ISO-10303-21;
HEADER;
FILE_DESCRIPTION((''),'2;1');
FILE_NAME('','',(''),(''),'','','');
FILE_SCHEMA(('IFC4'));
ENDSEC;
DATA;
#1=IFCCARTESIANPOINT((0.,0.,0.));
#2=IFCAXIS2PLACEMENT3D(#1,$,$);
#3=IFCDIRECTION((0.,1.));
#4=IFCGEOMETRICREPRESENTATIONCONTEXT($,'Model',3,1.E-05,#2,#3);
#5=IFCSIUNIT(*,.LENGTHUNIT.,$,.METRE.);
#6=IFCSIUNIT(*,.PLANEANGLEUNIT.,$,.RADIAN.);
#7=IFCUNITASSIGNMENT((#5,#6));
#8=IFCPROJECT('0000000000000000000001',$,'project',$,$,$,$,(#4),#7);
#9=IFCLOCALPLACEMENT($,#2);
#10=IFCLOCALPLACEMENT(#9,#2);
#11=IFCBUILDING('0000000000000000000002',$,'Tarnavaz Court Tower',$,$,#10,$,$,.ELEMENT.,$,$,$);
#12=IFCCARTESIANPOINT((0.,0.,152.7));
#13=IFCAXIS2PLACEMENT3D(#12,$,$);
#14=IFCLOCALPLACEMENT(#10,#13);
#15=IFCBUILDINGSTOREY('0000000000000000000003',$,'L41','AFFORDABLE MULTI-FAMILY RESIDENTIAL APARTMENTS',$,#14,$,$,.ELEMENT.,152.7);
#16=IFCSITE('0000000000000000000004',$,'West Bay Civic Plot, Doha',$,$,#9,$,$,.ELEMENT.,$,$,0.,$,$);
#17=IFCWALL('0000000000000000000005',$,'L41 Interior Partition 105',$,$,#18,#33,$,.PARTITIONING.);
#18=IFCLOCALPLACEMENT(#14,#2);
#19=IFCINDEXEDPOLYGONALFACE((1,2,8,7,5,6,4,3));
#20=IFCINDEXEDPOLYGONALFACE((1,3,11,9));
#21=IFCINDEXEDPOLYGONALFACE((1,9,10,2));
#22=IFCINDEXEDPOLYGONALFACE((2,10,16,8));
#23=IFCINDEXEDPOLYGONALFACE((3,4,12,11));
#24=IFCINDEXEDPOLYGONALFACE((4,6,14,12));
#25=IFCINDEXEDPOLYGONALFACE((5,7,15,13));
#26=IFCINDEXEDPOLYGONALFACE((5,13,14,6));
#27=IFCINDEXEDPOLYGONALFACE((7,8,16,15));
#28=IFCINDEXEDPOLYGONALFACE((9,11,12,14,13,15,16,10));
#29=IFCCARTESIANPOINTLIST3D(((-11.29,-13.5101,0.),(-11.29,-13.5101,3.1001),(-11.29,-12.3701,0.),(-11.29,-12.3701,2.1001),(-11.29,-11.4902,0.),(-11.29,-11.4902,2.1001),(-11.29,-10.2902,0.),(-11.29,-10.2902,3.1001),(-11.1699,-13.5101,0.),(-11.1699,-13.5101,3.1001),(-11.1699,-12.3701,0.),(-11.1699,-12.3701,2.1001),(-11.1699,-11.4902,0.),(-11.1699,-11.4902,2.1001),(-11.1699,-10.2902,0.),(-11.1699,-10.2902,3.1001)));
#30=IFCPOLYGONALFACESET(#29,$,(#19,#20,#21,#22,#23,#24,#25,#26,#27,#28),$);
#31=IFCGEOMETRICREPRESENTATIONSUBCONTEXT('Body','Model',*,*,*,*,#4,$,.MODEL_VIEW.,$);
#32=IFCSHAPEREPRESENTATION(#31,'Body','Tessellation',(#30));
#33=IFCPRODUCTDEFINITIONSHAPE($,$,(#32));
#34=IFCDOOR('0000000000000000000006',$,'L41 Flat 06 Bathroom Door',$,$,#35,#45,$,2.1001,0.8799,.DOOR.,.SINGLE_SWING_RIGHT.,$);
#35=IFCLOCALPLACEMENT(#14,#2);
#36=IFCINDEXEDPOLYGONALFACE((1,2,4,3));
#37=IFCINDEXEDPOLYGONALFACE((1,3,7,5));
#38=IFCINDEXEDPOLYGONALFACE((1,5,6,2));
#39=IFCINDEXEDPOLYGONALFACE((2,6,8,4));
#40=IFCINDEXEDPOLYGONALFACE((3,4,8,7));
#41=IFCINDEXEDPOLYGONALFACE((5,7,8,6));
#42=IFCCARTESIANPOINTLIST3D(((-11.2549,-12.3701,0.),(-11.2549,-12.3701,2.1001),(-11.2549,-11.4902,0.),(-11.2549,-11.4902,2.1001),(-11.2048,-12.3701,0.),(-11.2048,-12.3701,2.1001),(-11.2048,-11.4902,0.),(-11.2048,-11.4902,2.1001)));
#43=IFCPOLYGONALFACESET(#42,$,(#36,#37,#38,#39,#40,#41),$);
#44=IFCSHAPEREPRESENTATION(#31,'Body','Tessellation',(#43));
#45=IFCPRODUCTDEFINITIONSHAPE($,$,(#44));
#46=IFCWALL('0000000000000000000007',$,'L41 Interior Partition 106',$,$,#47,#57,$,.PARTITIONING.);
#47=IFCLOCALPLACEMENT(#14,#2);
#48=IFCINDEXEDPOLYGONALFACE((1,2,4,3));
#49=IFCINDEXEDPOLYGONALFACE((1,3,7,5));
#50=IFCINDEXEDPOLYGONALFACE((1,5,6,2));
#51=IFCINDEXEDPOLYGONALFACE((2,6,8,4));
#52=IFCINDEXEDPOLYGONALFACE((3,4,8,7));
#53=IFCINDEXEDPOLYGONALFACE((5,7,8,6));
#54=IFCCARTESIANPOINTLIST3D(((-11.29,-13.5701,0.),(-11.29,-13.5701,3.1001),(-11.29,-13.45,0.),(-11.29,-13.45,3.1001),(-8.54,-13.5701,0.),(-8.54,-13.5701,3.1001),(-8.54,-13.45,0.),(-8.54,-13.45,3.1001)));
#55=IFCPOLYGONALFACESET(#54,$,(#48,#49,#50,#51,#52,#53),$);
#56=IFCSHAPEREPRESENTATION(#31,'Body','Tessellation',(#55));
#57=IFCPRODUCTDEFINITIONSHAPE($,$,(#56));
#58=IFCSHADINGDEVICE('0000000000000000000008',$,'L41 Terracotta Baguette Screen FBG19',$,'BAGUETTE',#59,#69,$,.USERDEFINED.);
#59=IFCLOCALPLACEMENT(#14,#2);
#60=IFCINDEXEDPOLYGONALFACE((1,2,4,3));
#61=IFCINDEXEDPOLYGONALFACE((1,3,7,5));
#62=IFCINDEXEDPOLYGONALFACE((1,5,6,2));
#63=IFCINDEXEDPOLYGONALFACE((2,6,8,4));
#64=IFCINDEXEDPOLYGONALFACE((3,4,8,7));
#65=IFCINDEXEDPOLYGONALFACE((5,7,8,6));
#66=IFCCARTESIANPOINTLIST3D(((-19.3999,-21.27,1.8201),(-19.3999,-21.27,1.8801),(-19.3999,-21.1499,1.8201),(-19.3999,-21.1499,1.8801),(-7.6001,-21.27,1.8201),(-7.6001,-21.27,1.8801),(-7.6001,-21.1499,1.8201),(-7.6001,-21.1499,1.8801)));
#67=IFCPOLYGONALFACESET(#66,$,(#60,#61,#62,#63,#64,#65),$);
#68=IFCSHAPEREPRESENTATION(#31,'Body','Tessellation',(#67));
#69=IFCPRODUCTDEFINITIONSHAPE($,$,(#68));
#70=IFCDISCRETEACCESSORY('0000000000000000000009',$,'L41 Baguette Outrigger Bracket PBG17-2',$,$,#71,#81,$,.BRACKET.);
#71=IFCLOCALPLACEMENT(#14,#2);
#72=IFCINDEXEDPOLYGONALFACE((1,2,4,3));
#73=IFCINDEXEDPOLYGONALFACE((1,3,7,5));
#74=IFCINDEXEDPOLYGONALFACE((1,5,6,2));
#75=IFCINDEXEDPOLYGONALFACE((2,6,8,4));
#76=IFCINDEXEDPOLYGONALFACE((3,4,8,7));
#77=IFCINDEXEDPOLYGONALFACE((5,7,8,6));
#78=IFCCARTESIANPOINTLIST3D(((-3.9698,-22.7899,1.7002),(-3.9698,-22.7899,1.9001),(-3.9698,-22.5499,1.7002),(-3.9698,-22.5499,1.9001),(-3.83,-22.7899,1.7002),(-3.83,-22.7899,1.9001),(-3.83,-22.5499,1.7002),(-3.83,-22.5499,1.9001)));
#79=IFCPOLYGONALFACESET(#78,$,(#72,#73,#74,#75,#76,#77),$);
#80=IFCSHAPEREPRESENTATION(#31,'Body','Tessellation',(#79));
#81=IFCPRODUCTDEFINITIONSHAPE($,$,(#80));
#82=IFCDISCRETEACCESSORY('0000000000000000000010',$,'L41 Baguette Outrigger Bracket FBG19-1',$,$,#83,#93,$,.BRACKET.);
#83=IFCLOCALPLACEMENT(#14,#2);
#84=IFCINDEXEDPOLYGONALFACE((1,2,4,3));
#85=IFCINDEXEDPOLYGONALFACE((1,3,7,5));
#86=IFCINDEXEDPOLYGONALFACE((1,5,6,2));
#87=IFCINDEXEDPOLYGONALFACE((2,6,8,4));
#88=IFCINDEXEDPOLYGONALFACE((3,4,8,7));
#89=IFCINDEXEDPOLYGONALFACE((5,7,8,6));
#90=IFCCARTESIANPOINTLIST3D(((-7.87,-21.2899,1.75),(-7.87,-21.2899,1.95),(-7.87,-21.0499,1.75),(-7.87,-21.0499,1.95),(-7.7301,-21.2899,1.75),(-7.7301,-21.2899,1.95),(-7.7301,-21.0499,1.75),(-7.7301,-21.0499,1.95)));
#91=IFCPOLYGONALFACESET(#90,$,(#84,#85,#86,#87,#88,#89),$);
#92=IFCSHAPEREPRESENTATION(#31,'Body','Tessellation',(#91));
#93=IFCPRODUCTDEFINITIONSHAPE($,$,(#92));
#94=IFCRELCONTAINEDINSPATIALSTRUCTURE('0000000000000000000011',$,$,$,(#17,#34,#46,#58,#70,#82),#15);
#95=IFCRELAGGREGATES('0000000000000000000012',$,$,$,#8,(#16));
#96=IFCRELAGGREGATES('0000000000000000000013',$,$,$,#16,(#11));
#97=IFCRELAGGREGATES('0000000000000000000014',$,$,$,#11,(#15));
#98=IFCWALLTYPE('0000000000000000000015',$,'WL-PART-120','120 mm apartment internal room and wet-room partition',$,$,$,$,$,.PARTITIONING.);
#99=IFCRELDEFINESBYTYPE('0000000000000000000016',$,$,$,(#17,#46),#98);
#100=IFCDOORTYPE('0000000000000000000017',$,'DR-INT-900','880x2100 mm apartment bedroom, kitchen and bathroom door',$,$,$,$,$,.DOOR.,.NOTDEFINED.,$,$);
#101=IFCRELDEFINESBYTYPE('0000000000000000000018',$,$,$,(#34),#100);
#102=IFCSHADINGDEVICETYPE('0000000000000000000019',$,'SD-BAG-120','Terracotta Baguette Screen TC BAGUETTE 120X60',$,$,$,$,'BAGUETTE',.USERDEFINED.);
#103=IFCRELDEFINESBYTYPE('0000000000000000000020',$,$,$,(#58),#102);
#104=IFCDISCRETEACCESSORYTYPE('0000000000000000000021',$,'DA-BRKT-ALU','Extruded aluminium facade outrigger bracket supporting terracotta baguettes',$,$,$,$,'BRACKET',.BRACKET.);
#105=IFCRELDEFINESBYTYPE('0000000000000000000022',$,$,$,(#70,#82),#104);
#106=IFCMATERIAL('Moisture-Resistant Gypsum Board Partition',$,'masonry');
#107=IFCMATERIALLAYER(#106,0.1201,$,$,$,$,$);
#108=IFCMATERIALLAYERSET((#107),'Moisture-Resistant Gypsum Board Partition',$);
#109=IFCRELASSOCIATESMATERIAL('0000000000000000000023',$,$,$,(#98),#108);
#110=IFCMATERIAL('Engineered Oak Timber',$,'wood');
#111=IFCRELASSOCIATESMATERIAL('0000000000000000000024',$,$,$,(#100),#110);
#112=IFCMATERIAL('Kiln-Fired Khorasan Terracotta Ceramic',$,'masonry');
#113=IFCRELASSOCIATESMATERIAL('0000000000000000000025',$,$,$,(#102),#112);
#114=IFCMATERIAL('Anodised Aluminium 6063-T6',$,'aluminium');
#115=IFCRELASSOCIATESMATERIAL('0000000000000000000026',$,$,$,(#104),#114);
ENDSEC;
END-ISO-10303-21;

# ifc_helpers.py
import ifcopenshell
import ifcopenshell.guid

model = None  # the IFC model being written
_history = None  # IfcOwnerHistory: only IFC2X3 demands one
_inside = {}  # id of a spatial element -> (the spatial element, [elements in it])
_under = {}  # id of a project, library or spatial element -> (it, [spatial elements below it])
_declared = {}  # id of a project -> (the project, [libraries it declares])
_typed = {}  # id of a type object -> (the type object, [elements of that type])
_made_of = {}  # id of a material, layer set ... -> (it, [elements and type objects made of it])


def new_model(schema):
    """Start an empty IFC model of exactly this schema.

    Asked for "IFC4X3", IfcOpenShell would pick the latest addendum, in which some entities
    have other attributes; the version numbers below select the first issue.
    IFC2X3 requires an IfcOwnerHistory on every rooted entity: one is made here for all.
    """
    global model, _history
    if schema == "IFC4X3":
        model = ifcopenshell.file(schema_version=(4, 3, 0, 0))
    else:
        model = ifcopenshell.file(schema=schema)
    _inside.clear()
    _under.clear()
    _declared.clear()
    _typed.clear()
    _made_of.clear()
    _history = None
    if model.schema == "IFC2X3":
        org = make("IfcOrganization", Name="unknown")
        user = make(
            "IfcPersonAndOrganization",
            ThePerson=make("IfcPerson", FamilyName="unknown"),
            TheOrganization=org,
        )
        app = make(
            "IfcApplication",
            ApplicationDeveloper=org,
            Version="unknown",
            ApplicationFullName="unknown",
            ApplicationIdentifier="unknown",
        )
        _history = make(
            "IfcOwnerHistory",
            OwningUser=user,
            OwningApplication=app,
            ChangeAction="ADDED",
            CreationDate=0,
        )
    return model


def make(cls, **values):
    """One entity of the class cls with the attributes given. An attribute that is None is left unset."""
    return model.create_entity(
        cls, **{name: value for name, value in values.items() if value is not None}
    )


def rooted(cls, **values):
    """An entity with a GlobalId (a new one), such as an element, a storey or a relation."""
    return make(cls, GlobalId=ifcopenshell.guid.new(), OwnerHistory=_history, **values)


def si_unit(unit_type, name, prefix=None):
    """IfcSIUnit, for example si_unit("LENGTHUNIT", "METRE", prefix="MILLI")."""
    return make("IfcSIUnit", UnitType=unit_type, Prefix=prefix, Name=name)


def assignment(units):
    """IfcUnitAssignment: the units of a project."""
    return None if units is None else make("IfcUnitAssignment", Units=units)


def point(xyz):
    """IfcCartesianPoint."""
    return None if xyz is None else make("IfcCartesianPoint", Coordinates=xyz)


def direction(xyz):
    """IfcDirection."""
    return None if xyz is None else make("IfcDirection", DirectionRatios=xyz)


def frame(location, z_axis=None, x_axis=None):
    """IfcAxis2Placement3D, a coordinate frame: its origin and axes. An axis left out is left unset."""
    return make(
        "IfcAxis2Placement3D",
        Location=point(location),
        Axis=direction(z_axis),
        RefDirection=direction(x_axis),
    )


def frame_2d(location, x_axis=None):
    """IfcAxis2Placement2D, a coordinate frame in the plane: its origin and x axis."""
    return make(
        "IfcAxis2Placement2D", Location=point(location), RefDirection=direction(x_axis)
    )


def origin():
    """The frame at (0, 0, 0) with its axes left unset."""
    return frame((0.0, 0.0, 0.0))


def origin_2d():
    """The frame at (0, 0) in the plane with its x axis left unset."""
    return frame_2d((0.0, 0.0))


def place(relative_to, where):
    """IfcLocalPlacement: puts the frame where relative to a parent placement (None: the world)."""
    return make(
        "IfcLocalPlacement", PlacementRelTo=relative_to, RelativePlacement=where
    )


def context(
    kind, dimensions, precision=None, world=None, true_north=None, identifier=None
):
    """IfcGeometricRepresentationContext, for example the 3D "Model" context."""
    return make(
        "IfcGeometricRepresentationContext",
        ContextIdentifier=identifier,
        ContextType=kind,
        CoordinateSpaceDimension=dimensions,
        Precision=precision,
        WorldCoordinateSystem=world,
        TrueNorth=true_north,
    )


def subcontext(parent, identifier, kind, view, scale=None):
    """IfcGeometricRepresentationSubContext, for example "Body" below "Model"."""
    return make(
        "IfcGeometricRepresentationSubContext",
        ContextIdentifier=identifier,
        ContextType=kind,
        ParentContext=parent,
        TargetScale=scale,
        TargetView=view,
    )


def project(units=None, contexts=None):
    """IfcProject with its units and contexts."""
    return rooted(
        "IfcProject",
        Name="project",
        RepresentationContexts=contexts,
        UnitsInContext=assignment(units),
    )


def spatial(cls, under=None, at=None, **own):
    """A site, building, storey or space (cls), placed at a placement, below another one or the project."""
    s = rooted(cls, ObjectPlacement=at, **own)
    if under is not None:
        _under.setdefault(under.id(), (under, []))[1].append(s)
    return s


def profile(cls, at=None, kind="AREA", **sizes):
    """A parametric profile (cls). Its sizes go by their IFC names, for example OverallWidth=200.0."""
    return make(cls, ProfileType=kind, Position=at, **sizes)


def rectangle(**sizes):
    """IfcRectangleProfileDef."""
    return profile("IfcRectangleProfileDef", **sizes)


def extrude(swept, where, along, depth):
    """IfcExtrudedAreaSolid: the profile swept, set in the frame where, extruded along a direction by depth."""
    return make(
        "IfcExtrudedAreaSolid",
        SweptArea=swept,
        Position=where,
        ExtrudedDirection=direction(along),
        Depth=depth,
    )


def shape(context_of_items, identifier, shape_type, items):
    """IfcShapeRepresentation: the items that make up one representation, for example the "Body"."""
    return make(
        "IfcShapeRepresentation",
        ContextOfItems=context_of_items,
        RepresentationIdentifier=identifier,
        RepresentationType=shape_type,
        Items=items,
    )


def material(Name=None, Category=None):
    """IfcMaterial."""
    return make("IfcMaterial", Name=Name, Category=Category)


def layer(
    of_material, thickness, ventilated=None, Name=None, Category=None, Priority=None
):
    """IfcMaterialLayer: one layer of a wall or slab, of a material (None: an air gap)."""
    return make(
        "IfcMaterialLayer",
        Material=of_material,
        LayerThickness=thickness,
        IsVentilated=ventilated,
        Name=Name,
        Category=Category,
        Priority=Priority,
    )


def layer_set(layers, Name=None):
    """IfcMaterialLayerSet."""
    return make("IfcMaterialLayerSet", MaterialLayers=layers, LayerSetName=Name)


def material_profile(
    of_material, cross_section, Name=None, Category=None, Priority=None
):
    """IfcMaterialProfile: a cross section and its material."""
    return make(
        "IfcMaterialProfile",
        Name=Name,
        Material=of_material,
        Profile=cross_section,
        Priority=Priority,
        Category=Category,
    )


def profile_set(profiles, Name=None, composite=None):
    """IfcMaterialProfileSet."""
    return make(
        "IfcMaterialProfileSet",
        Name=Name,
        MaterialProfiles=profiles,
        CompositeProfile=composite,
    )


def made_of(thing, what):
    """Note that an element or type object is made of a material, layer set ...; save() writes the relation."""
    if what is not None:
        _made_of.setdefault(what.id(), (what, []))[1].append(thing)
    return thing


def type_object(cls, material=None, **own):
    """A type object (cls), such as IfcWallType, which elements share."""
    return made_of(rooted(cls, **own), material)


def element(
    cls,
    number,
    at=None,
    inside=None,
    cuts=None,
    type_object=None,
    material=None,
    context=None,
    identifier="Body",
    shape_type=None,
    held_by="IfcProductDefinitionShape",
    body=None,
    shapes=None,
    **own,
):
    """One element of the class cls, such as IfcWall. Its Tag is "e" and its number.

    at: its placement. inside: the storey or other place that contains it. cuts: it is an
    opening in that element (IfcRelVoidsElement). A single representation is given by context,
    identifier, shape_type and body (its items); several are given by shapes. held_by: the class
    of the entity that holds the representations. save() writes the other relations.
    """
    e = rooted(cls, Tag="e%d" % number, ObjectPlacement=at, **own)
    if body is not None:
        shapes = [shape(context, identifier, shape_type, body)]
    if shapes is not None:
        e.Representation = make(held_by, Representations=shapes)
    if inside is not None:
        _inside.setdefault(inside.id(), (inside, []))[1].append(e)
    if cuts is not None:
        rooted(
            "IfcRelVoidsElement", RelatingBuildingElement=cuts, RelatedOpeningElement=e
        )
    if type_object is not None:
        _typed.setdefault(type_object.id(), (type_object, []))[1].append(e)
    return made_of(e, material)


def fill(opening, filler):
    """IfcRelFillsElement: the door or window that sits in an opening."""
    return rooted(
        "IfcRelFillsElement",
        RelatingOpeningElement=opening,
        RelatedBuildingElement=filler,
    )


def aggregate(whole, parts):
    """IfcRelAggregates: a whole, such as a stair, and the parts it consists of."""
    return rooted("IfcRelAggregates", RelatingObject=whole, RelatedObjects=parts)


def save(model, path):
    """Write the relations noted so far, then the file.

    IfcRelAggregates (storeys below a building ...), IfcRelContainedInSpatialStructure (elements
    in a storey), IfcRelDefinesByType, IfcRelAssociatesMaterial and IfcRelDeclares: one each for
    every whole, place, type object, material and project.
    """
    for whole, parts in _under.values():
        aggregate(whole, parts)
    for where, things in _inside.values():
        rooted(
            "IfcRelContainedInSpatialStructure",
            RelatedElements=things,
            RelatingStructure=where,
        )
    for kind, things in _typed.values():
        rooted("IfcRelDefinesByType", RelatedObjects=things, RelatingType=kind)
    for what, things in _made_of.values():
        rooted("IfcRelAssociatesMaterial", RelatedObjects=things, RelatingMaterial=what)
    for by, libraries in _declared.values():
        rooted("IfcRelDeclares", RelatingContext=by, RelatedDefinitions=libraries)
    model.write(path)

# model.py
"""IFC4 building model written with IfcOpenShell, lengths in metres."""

from ifc_helpers import new_model, si_unit, direction, frame, frame_2d, origin, origin_2d, place, context, subcontext, project, spatial, rectangle, extrude, material, layer, layer_set, material_profile, profile_set, type_object, element, fill, save


model = new_model("IFC4")

# Units and contexts
model_context = context("Model", 3, precision=1e-05, world=origin(), true_north=direction((0.0, 1.0)))
body_context = subcontext(model_context, "Body", "Model", "MODEL_VIEW")
ifc_project = project(units=[si_unit("LENGTHUNIT", "METRE"), si_unit("PLANEANGLEUNIT", "RADIAN")], contexts=[model_context])

# Site, building, storey
site_placement = place(None, origin())
site = spatial("IfcSite", under=ifc_project, at=site_placement, Name="West Bay Civic Plot, Doha", CompositionType="ELEMENT", RefElevation=0.0)
building_placement = place(site_placement, origin())
building = spatial("IfcBuilding", under=site, at=building_placement, Name="Tarnavaz Court Tower", CompositionType="ELEMENT")
storey_placement = place(building_placement, frame((0.0, 0.0, 152.7)))
storey = spatial("IfcBuildingStorey", under=building, at=storey_placement, Name="L41", Description="AFFORDABLE MULTI-FAMILY RESIDENTIAL APARTMENTS", CompositionType="ELEMENT", Elevation=152.7)

# Shared definitions
ifc_material_1 = material(Name="Anodised Aluminium 6063-T6", Category="aluminium")

# Wall, opening, door
ifc_material_2 = material(Name="Moisture-Resistant Gypsum Board Partition", Category="masonry")
ifc_layer_1 = layer(ifc_material_2, 0.1201)
ifc_layer_set_1 = layer_set([ifc_layer_1], Name="Moisture-Resistant Gypsum Board Partition")
wall_type_1 = type_object("IfcWallType", Name="WL-PART-120", Description="120 mm apartment internal room and wet-room partition", PredefinedType="PARTITIONING", material=ifc_layer_set_1)
ifc_material_3 = material(Name="Engineered Oak Timber", Category="wood")
door_type = type_object("IfcDoorType", Name="DR-INT-900", Description="880x2100 mm apartment bedroom, kitchen and bathroom door", OperationType="NOTDEFINED", PredefinedType="DOOR", material=ifc_material_3)
wall_1_placement = place(storey_placement, frame((-11.23, -13.51, 0.0), z_axis=(0.0, 0.0, 1.0), x_axis=(0.0, 1.0, 0.0)))
wall_1 = element("IfcWall", 1, at=wall_1_placement, inside=storey, type_object=wall_type_1, Name="L41 Interior Partition 105", PredefinedType="PARTITIONING", context=body_context, shape_type="SweptSolid", body=[
    extrude(rectangle(XDim=3.22, YDim=0.1201, at=frame_2d((1.6099, 0.0))), origin(), (0.0, 0.0, 1.0), 3.1001),
])
opening_1_placement = place(wall_1_placement, frame((1.1399, 0.0, 0.0)))
opening_1 = element("IfcOpeningElement", 2, at=opening_1_placement, cuts=wall_1, PredefinedType="OPENING", context=body_context, shape_type="SweptSolid", body=[
    extrude(rectangle(XDim=0.8799, YDim=2.1001, at=frame_2d((0.4399, 1.05))), frame((0.0, 0.0701, 0.0), z_axis=(0.0, -1.0, 0.0), x_axis=(1.0, 0.0, 0.0)), (0.0, 0.0, 1.0), 0.1401),
])
door_1_placement = place(opening_1_placement, origin())
door_1 = element("IfcDoor", 3, at=door_1_placement, inside=storey, type_object=door_type, Name="L41 Flat 06 Bathroom Door", OperationType="SINGLE_SWING_RIGHT", OverallHeight=2.1001, OverallWidth=0.8799, PredefinedType="DOOR", context=body_context, shape_type="SweptSolid", body=[
    extrude(rectangle(XDim=0.8799, YDim=2.1001, at=frame_2d((0.4399, 1.05))), frame((0.0, 0.0249, 0.0), z_axis=(0.0, -1.0, 0.0), x_axis=(1.0, 0.0, 0.0)), (0.0, 0.0, 1.0), 0.05),
])
fill(opening_1, door_1)

# Wall
wall_2_placement = place(storey_placement, frame((-11.29, -13.51, 0.0), z_axis=(0.0, 0.0, 1.0), x_axis=(1.0, 0.0, 0.0)))
element("IfcWall", 4, at=wall_2_placement, inside=storey, type_object=wall_type_1, Name="L41 Interior Partition 106", PredefinedType="PARTITIONING", context=body_context, shape_type="SweptSolid", body=[
    extrude(rectangle(XDim=2.75, YDim=0.1201, at=frame_2d((1.375, 0.0))), origin(), (0.0, 0.0, 1.0), 3.1001),
])

# Shading device
ifc_material_4 = material(Name="Kiln-Fired Khorasan Terracotta Ceramic", Category="masonry")
ifc_material_profile_1 = material_profile(ifc_material_4, rectangle(XDim=0.1201, YDim=0.0601, at=origin_2d()), Name="TC BAGUETTE 120X60")
ifc_profile_set_1 = profile_set([ifc_material_profile_1], Name="Kiln-Fired Khorasan Terracotta Ceramic")
shading_device_type = type_object("IfcShadingDeviceType", Name="SD-BAG-120", Description="Terracotta Baguette Screen TC BAGUETTE 120X60", ElementType="BAGUETTE", PredefinedType="USERDEFINED", material=ifc_profile_set_1)
shading_device_placement = place(storey_placement, frame((-7.6001, -21.21, 1.8501), z_axis=(-1.0, 0.0, 0.0), x_axis=(0.0, -1.0, 0.0)))
element("IfcShadingDevice", 5, at=shading_device_placement, inside=storey, type_object=shading_device_type, Name="L41 Terracotta Baguette Screen FBG19", ObjectType="BAGUETTE", PredefinedType="USERDEFINED", context=body_context, shape_type="SweptSolid", body=[
    extrude(rectangle(XDim=0.1201, YDim=0.0601, at=origin_2d()), origin(), (0.0, 0.0, 1.0), 11.7998),
])

# Discrete accessories
discrete_accessory_type = type_object("IfcDiscreteAccessoryType", Name="DA-BRKT-ALU", Description="Extruded aluminium facade outrigger bracket supporting terracotta baguettes", ElementType="BRACKET", PredefinedType="BRACKET", material=ifc_material_1)
for number, where, z_axis, x_axis, name in (
    (6, (-3.8999, -22.6699, 1.7002), (0.0, 0.0, 1.0), (-1.0, 0.0, 0.0), "L41 Baguette Outrigger Bracket PBG17-2"),
    (7, (-7.8, -21.1699, 1.75), (0.0, 0.0, 1.0), (-1.0, 0.0, 0.0), "L41 Baguette Outrigger Bracket FBG19-1"),
):
    element("IfcDiscreteAccessory", number, at=place(storey_placement, frame(where, z_axis=z_axis, x_axis=x_axis)), inside=storey, type_object=discrete_accessory_type, Name=name, PredefinedType="BRACKET", context=body_context, shape_type="SweptSolid", body=[
        extrude(rectangle(XDim=0.1399, YDim=0.24, at=origin_2d()), origin(), (0.0, 0.0, 1.0), 0.2),
    ])

save(model, "model.ifc")
